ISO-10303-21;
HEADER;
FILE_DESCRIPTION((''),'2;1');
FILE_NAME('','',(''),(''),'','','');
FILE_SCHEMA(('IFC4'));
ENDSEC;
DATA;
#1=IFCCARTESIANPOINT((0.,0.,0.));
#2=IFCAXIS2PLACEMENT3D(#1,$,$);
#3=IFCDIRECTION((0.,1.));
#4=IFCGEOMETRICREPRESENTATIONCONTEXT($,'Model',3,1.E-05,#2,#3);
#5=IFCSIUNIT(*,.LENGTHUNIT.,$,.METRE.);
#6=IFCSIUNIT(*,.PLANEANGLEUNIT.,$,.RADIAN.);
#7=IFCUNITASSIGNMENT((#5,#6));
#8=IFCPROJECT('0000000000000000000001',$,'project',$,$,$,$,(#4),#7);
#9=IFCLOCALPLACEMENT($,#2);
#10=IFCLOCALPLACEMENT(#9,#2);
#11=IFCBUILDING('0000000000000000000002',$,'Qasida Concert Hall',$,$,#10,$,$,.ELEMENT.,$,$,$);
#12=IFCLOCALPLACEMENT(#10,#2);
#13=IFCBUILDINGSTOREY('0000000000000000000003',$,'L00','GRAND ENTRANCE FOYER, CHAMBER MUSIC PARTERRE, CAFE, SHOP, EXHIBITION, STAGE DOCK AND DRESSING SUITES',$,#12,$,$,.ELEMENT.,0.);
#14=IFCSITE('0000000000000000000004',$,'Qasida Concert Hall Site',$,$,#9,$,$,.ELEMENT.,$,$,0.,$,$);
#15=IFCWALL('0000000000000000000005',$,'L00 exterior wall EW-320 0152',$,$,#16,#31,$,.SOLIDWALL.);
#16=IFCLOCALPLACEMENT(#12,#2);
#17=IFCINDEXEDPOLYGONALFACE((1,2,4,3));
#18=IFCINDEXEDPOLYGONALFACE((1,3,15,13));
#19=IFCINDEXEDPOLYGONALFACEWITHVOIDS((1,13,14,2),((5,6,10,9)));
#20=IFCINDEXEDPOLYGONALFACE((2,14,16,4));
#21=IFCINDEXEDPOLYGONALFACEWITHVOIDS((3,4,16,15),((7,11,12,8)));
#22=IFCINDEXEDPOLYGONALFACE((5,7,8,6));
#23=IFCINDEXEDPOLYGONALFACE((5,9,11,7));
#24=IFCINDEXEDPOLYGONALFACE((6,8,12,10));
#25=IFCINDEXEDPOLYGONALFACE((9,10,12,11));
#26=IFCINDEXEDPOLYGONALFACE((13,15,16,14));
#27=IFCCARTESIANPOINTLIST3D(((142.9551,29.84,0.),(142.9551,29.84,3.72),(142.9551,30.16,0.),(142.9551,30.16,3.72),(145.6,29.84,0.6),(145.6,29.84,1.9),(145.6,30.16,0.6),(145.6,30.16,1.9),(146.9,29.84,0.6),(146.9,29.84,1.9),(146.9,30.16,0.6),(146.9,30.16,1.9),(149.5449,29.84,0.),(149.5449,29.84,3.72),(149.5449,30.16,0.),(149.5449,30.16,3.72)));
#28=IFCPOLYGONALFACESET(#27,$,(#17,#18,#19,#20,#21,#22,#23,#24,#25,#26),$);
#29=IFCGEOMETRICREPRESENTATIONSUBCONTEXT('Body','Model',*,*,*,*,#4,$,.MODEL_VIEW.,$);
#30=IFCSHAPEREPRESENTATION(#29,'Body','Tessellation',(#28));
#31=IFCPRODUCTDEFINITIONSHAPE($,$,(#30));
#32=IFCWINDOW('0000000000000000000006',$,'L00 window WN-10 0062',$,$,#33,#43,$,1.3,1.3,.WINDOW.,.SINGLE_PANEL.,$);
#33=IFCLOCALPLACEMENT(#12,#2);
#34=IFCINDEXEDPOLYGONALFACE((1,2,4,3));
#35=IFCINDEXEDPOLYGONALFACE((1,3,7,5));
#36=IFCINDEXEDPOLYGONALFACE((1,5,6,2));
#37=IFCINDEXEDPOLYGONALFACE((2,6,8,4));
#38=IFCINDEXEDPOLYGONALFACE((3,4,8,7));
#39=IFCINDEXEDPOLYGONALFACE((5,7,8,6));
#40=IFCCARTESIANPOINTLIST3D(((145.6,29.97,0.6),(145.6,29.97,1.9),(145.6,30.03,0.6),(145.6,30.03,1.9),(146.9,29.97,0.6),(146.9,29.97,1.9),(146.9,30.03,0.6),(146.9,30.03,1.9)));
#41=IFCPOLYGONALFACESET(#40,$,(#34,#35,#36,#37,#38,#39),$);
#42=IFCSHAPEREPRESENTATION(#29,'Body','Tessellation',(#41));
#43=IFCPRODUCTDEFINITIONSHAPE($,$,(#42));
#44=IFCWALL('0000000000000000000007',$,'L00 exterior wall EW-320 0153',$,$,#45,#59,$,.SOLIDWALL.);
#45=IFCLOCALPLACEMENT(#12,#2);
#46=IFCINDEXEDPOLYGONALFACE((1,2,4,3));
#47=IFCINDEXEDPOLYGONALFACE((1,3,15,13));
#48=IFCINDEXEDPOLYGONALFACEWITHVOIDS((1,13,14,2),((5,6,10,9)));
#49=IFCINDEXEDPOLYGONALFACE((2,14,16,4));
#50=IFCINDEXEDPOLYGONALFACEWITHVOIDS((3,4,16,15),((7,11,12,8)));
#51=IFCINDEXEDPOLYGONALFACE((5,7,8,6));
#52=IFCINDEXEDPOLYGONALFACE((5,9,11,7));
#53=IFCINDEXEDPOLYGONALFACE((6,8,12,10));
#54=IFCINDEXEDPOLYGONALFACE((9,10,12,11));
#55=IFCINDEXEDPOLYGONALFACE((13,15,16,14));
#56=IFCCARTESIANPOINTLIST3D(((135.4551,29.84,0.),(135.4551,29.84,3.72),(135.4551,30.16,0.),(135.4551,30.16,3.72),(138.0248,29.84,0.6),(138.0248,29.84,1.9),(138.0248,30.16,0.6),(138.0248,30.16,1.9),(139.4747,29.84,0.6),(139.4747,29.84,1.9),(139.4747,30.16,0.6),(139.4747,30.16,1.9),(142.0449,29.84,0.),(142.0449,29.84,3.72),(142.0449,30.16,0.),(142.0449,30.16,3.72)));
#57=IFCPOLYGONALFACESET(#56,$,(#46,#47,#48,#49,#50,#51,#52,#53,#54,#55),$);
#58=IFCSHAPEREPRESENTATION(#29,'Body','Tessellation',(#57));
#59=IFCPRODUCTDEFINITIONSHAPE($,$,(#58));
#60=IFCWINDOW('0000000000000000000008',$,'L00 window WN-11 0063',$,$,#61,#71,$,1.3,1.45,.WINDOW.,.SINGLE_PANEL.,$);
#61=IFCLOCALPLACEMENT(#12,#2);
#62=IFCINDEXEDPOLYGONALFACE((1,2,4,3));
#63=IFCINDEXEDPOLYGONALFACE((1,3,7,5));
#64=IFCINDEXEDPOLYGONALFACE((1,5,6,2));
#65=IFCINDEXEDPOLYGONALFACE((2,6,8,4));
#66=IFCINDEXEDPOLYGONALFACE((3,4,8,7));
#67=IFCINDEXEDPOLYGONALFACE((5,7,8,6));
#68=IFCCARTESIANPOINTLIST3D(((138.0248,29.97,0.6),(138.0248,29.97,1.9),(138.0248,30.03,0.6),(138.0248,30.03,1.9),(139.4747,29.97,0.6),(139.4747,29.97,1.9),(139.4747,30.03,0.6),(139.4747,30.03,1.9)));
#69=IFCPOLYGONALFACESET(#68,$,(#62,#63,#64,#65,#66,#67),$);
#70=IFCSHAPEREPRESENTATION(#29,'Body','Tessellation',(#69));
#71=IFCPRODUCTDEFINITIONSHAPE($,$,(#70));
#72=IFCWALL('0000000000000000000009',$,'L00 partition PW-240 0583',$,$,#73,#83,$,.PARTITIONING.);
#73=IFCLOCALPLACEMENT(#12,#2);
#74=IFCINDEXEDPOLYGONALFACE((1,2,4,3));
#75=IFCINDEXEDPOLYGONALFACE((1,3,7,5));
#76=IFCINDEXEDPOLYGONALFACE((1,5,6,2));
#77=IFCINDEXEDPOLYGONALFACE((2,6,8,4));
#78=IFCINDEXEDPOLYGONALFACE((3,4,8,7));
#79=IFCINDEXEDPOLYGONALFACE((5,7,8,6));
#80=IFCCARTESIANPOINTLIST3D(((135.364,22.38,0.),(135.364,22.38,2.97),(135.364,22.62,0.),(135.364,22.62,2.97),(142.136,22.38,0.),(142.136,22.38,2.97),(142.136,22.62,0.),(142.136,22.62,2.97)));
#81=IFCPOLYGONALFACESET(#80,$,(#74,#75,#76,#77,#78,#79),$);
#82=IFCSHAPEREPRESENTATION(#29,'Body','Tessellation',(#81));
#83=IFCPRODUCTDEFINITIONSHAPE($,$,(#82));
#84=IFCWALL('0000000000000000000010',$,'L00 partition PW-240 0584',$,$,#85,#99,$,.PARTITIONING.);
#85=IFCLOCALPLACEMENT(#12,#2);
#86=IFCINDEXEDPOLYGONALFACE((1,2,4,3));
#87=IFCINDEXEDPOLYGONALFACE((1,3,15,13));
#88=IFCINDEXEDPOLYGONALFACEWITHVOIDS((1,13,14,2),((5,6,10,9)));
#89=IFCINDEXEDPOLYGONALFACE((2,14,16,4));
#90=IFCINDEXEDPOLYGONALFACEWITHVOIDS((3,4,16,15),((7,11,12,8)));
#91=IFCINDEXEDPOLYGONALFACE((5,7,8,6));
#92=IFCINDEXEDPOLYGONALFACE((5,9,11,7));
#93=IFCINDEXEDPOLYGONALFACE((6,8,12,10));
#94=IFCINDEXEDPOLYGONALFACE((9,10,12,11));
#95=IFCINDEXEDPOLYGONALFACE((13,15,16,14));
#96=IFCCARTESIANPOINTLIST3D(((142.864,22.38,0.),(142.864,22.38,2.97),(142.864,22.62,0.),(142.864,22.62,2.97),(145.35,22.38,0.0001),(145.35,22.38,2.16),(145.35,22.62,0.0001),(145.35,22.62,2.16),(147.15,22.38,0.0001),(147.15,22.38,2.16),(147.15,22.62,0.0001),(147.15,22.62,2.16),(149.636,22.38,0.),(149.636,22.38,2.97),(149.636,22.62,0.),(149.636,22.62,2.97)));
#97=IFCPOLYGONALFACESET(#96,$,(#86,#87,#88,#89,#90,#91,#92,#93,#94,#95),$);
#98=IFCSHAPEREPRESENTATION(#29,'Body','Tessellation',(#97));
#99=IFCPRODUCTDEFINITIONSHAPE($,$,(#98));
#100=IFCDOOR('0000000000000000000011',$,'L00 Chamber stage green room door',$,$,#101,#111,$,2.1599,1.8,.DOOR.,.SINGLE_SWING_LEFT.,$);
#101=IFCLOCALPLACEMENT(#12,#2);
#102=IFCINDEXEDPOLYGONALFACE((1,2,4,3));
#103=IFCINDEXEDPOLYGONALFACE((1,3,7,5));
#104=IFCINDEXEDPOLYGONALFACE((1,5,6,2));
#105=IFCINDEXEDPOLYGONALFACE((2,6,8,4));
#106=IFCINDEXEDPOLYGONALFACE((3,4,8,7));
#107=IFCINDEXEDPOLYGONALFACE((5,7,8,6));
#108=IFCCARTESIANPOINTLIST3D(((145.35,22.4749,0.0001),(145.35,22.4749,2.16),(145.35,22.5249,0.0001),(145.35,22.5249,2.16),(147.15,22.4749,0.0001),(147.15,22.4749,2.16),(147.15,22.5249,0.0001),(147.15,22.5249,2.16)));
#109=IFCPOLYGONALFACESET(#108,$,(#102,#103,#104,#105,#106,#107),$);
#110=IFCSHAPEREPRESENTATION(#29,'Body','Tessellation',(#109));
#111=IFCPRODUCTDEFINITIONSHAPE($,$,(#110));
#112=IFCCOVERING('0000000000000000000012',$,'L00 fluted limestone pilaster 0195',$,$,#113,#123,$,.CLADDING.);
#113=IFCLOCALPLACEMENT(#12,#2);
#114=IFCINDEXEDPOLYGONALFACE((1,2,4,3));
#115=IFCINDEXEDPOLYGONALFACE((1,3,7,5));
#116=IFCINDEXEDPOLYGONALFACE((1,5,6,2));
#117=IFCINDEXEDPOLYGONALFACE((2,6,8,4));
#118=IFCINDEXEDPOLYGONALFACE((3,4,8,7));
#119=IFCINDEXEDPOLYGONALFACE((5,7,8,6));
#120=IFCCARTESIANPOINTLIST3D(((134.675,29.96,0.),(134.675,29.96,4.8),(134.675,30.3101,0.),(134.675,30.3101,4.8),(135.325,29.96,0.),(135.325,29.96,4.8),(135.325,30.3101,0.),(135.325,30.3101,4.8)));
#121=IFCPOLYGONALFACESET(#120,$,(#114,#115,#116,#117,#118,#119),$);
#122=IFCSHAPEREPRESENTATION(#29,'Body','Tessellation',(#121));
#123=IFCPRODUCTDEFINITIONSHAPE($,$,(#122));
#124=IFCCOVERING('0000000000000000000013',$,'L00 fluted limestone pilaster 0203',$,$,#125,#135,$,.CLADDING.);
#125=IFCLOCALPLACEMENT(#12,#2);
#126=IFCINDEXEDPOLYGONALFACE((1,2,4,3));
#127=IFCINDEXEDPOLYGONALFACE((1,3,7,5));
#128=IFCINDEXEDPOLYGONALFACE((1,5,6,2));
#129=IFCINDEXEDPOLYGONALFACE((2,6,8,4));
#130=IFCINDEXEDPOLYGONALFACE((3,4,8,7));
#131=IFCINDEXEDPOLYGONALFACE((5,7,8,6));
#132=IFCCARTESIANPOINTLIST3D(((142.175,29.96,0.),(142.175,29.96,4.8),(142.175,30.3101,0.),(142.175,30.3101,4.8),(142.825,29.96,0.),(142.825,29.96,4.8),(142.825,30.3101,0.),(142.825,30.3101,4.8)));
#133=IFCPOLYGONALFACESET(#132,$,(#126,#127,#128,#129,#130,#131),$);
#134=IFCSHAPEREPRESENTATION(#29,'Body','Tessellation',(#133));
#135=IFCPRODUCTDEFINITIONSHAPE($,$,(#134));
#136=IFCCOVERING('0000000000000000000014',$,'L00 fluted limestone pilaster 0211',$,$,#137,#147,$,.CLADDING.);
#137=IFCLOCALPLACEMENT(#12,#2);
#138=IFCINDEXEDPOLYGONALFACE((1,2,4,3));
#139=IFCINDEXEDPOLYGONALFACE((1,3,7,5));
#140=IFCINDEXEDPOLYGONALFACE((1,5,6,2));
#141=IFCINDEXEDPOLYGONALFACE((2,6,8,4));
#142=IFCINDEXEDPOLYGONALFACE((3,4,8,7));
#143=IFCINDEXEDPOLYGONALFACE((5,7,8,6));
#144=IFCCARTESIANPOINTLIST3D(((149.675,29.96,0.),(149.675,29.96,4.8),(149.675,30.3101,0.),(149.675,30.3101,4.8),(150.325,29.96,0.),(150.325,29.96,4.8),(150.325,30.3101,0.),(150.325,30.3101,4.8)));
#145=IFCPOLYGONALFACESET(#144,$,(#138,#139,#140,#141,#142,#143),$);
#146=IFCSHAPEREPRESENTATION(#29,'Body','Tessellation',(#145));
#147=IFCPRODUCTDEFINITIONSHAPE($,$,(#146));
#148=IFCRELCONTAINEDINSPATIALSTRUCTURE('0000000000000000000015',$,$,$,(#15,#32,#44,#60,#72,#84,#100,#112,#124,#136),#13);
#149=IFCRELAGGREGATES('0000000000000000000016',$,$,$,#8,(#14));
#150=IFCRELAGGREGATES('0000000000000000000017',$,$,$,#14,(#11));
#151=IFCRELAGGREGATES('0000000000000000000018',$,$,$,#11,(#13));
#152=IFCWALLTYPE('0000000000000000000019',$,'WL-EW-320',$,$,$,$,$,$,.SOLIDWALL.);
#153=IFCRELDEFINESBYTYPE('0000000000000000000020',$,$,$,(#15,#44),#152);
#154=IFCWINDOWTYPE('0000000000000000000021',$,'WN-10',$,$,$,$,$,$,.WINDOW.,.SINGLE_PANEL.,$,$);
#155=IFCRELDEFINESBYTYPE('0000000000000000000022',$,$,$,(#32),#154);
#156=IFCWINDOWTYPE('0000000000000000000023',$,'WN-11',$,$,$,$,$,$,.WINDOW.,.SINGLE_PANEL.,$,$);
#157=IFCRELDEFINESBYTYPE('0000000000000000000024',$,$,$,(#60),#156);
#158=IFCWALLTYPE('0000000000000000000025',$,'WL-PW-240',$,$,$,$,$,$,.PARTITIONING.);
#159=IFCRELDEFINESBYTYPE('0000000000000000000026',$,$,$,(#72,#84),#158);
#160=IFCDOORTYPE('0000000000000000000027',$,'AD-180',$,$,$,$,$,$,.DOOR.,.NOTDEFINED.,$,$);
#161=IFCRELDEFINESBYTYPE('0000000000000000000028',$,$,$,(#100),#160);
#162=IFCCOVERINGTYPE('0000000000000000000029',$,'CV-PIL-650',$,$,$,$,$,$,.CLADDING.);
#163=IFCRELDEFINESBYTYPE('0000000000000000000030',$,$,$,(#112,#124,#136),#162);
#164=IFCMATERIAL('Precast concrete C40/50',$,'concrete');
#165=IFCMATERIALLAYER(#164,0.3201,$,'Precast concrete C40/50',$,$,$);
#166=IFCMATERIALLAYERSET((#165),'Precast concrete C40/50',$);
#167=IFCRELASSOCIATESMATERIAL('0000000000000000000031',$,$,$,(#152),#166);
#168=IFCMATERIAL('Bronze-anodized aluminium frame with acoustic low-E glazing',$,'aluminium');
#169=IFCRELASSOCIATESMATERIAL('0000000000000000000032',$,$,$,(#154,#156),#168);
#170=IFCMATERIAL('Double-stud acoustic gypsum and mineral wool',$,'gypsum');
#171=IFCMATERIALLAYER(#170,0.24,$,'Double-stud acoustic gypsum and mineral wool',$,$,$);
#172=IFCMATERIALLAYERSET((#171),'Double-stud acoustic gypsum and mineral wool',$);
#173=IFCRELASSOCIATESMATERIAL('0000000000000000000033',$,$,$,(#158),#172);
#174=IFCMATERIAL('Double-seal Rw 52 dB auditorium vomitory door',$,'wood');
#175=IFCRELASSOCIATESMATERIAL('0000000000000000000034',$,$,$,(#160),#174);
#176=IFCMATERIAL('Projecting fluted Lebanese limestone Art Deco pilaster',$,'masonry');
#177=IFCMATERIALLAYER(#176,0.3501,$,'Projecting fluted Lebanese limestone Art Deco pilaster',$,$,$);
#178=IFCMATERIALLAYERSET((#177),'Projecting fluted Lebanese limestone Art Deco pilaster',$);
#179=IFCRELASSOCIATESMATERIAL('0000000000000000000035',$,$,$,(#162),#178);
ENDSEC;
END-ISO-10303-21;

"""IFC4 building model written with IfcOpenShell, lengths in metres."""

from ifc_helpers import new_model, si_unit, direction, frame, frame_2d, origin, origin_2d, place, context, subcontext, project, spatial, rectangle, extrude, material, layer, layer_set, type_object, element, fill, save


model = new_model("IFC4")

# Units and contexts
model_context = context("Model", 3, precision=1e-05, world=origin(), true_north=direction((0.0, 1.0)))
body_context = subcontext(model_context, "Body", "Model", "MODEL_VIEW")
ifc_project = project(units=[si_unit("LENGTHUNIT", "METRE"), si_unit("PLANEANGLEUNIT", "RADIAN")], contexts=[model_context])

# Site, building, storey
site_placement = place(None, origin())
site = spatial("IfcSite", under=ifc_project, at=site_placement, Name="Qasida Concert Hall Site", CompositionType="ELEMENT", RefElevation=0.0)
building_placement = place(site_placement, origin())
building = spatial("IfcBuilding", under=site, at=building_placement, Name="Qasida Concert Hall", CompositionType="ELEMENT")
storey_placement = place(building_placement, origin())
storey = spatial("IfcBuildingStorey", under=building, at=storey_placement, Name="L00", Description="GRAND ENTRANCE FOYER, CHAMBER MUSIC PARTERRE, CAFE, SHOP, EXHIBITION, STAGE DOCK AND DRESSING SUITES", CompositionType="ELEMENT", Elevation=0.0)

# Walls, openings, windows
ifc_material_1 = material(Name="Precast concrete C40/50", Category="concrete")
ifc_layer_1 = layer(ifc_material_1, 0.3201, Name="Precast concrete C40/50")
ifc_layer_set_1 = layer_set([ifc_layer_1], Name="Precast concrete C40/50")
wall_type_1 = type_object("IfcWallType", Name="WL-EW-320", PredefinedType="SOLIDWALL", material=ifc_layer_set_1)
wall_1_placement = place(storey_placement, frame((149.5449, 30.0, 0.0), z_axis=(0.0, 0.0, 1.0), x_axis=(-1.0, 0.0, 0.0)))
wall_1 = element("IfcWall", 1, at=wall_1_placement, inside=storey, type_object=wall_type_1, Name="L00 exterior wall EW-320 0152", PredefinedType="SOLIDWALL", context=body_context, shape_type="SweptSolid", body=[
    extrude(rectangle(XDim=6.5898, YDim=0.3201, at=frame_2d((3.2949, 0.0))), origin(), (0.0, 0.0, 1.0), 3.72),
])
opening_1_placement = place(wall_1_placement, frame((2.645, 0.0, 0.6001)))
opening_1 = element("IfcOpeningElement", 2, at=opening_1_placement, cuts=wall_1, PredefinedType="OPENING", context=body_context, shape_type="SweptSolid", body=[
    extrude(rectangle(XDim=1.3, YDim=1.3, at=frame_2d((0.6499, 0.6499))), frame((0.0, 0.1699, 0.0), z_axis=(0.0, -1.0, 0.0), x_axis=(1.0, 0.0, 0.0)), (0.0, 0.0, 1.0), 0.3401),
])
ifc_material_2 = material(Name="Bronze-anodized aluminium frame with acoustic low-E glazing", Category="aluminium")
window_type_1 = type_object("IfcWindowType", Name="WN-10", PartitioningType="SINGLE_PANEL", PredefinedType="WINDOW", material=ifc_material_2)
window_1_placement = place(opening_1_placement, origin())
window_1 = element("IfcWindow", 3, at=window_1_placement, inside=storey, type_object=window_type_1, Name="L00 window WN-10 0062", OverallHeight=1.3, OverallWidth=1.3, PartitioningType="SINGLE_PANEL", PredefinedType="WINDOW", context=body_context, shape_type="SweptSolid", body=[
    extrude(rectangle(XDim=1.3, YDim=1.3, at=frame_2d((0.6499, 0.6499))), frame((0.0, 0.03, 0.0), z_axis=(0.0, -1.0, 0.0), x_axis=(1.0, 0.0, 0.0)), (0.0, 0.0, 1.0), 0.0601),
])
fill(opening_1, window_1)
wall_2_placement = place(storey_placement, frame((142.0449, 30.0, 0.0), z_axis=(0.0, 0.0, 1.0), x_axis=(-1.0, 0.0, 0.0)))
wall_2 = element("IfcWall", 4, at=wall_2_placement, inside=storey, type_object=wall_type_1, Name="L00 exterior wall EW-320 0153", PredefinedType="SOLIDWALL", context=body_context, shape_type="SweptSolid", body=[
    extrude(rectangle(XDim=6.5898, YDim=0.3201, at=frame_2d((3.2949, 0.0))), origin(), (0.0, 0.0, 1.0), 3.72),
])
opening_2_placement = place(wall_2_placement, frame((2.5701, 0.0, 0.6001)))
opening_2 = element("IfcOpeningElement", 5, at=opening_2_placement, cuts=wall_2, PredefinedType="OPENING", context=body_context, shape_type="SweptSolid", body=[
    extrude(rectangle(XDim=1.45, YDim=1.3, at=frame_2d((0.7251, 0.6499))), frame((0.0, 0.1699, 0.0), z_axis=(0.0, -1.0, 0.0), x_axis=(1.0, 0.0, 0.0)), (0.0, 0.0, 1.0), 0.3401),
])
window_type_2 = type_object("IfcWindowType", Name="WN-11", PartitioningType="SINGLE_PANEL", PredefinedType="WINDOW", material=ifc_material_2)
window_2_placement = place(opening_2_placement, origin())
window_2 = element("IfcWindow", 6, at=window_2_placement, inside=storey, type_object=window_type_2, Name="L00 window WN-11 0063", OverallHeight=1.3, OverallWidth=1.45, PartitioningType="SINGLE_PANEL", PredefinedType="WINDOW", context=body_context, shape_type="SweptSolid", body=[
    extrude(rectangle(XDim=1.45, YDim=1.3, at=frame_2d((0.7251, 0.6499))), frame((0.0, 0.03, 0.0), z_axis=(0.0, -1.0, 0.0), x_axis=(1.0, 0.0, 0.0)), (0.0, 0.0, 1.0), 0.0601),
])
fill(opening_2, window_2)

# Wall
ifc_material_3 = material(Name="Double-stud acoustic gypsum and mineral wool", Category="gypsum")
ifc_layer_2 = layer(ifc_material_3, 0.24, Name="Double-stud acoustic gypsum and mineral wool")
ifc_layer_set_2 = layer_set([ifc_layer_2], Name="Double-stud acoustic gypsum and mineral wool")
wall_type_2 = type_object("IfcWallType", Name="WL-PW-240", PredefinedType="PARTITIONING", material=ifc_layer_set_2)
wall_3_placement = place(storey_placement, frame((135.364, 22.5, 0.0), z_axis=(0.0, 0.0, 1.0), x_axis=(1.0, 0.0, 0.0)))
element("IfcWall", 7, at=wall_3_placement, inside=storey, type_object=wall_type_2, Name="L00 partition PW-240 0583", PredefinedType="PARTITIONING", context=body_context, shape_type="SweptSolid", body=[
    extrude(rectangle(XDim=6.772, YDim=0.24, at=frame_2d((3.386, 0.0))), origin(), (0.0, 0.0, 1.0), 2.97),
])

# Wall, opening, door
wall_4_placement = place(storey_placement, frame((142.864, 22.5, 0.0), z_axis=(0.0, 0.0, 1.0), x_axis=(1.0, 0.0, 0.0)))
wall_4 = element("IfcWall", 8, at=wall_4_placement, inside=storey, type_object=wall_type_2, Name="L00 partition PW-240 0584", PredefinedType="PARTITIONING", context=body_context, shape_type="SweptSolid", body=[
    extrude(rectangle(XDim=6.772, YDim=0.24, at=frame_2d((3.386, 0.0))), origin(), (0.0, 0.0, 1.0), 2.97),
])
opening_3_placement = place(wall_4_placement, frame((2.4861, 0.0, 0.0)))
opening_3 = element("IfcOpeningElement", 9, at=opening_3_placement, cuts=wall_4, PredefinedType="OPENING", context=body_context, shape_type="SweptSolid", body=[
    extrude(rectangle(XDim=1.8, YDim=2.1599, at=frame_2d((0.8999, 1.0801))), frame((0.0, 0.1299, 0.0), z_axis=(0.0, -1.0, 0.0), x_axis=(1.0, 0.0, 0.0)), (0.0, 0.0, 1.0), 0.26),
])
ifc_material_4 = material(Name="Double-seal Rw 52 dB auditorium vomitory door", Category="wood")
door_type_1 = type_object("IfcDoorType", Name="AD-180", OperationType="NOTDEFINED", PredefinedType="DOOR", material=ifc_material_4)
door_1_placement = place(opening_3_placement, origin())
door_1 = element("IfcDoor", 10, at=door_1_placement, inside=storey, type_object=door_type_1, Name="L00 Chamber stage green room door", OperationType="SINGLE_SWING_LEFT", OverallHeight=2.1599, OverallWidth=1.8, PredefinedType="DOOR", context=body_context, shape_type="SweptSolid", body=[
    extrude(rectangle(XDim=1.8, YDim=2.1599, at=frame_2d((0.8999, 1.0801))), frame((0.0, 0.0249, 0.0), z_axis=(0.0, -1.0, 0.0), x_axis=(1.0, 0.0, 0.0)), (0.0, 0.0, 1.0), 0.05),
])
fill(opening_3, door_1)

# Coverings
ifc_material_5 = material(Name="Projecting fluted Lebanese limestone Art Deco pilaster", Category="masonry")
ifc_layer_3 = layer(ifc_material_5, 0.3501, Name="Projecting fluted Lebanese limestone Art Deco pilaster")
ifc_layer_set_3 = layer_set([ifc_layer_3], Name="Projecting fluted Lebanese limestone Art Deco pilaster")
covering_type = type_object("IfcCoveringType", Name="CV-PIL-650", PredefinedType="CLADDING", material=ifc_layer_set_3)
for number, where, z_axis, x_axis, name in (
    (11, (135.0, 30.135, 0.0), (0.0, 0.0, 1.0), (1.0, 0.0, 0.0), "L00 fluted limestone pilaster 0195"),
    (12, (142.5, 30.135, 0.0), (0.0, 0.0, 1.0), (1.0, 0.0, 0.0), "L00 fluted limestone pilaster 0203"),
    (13, (150.0, 30.135, 0.0), (0.0, 0.0, 1.0), (1.0, 0.0, 0.0), "L00 fluted limestone pilaster 0211"),
):
    element("IfcCovering", number, at=place(storey_placement, frame(where, z_axis=z_axis, x_axis=x_axis)), inside=storey, type_object=covering_type, Name=name, PredefinedType="CLADDING", context=body_context, shape_type="SweptSolid", body=[
        extrude(rectangle(XDim=0.6499, YDim=0.3501, at=origin_2d()), origin(), (0.0, 0.0, 1.0), 4.8),
    ])

save(model, "model.ifc")
